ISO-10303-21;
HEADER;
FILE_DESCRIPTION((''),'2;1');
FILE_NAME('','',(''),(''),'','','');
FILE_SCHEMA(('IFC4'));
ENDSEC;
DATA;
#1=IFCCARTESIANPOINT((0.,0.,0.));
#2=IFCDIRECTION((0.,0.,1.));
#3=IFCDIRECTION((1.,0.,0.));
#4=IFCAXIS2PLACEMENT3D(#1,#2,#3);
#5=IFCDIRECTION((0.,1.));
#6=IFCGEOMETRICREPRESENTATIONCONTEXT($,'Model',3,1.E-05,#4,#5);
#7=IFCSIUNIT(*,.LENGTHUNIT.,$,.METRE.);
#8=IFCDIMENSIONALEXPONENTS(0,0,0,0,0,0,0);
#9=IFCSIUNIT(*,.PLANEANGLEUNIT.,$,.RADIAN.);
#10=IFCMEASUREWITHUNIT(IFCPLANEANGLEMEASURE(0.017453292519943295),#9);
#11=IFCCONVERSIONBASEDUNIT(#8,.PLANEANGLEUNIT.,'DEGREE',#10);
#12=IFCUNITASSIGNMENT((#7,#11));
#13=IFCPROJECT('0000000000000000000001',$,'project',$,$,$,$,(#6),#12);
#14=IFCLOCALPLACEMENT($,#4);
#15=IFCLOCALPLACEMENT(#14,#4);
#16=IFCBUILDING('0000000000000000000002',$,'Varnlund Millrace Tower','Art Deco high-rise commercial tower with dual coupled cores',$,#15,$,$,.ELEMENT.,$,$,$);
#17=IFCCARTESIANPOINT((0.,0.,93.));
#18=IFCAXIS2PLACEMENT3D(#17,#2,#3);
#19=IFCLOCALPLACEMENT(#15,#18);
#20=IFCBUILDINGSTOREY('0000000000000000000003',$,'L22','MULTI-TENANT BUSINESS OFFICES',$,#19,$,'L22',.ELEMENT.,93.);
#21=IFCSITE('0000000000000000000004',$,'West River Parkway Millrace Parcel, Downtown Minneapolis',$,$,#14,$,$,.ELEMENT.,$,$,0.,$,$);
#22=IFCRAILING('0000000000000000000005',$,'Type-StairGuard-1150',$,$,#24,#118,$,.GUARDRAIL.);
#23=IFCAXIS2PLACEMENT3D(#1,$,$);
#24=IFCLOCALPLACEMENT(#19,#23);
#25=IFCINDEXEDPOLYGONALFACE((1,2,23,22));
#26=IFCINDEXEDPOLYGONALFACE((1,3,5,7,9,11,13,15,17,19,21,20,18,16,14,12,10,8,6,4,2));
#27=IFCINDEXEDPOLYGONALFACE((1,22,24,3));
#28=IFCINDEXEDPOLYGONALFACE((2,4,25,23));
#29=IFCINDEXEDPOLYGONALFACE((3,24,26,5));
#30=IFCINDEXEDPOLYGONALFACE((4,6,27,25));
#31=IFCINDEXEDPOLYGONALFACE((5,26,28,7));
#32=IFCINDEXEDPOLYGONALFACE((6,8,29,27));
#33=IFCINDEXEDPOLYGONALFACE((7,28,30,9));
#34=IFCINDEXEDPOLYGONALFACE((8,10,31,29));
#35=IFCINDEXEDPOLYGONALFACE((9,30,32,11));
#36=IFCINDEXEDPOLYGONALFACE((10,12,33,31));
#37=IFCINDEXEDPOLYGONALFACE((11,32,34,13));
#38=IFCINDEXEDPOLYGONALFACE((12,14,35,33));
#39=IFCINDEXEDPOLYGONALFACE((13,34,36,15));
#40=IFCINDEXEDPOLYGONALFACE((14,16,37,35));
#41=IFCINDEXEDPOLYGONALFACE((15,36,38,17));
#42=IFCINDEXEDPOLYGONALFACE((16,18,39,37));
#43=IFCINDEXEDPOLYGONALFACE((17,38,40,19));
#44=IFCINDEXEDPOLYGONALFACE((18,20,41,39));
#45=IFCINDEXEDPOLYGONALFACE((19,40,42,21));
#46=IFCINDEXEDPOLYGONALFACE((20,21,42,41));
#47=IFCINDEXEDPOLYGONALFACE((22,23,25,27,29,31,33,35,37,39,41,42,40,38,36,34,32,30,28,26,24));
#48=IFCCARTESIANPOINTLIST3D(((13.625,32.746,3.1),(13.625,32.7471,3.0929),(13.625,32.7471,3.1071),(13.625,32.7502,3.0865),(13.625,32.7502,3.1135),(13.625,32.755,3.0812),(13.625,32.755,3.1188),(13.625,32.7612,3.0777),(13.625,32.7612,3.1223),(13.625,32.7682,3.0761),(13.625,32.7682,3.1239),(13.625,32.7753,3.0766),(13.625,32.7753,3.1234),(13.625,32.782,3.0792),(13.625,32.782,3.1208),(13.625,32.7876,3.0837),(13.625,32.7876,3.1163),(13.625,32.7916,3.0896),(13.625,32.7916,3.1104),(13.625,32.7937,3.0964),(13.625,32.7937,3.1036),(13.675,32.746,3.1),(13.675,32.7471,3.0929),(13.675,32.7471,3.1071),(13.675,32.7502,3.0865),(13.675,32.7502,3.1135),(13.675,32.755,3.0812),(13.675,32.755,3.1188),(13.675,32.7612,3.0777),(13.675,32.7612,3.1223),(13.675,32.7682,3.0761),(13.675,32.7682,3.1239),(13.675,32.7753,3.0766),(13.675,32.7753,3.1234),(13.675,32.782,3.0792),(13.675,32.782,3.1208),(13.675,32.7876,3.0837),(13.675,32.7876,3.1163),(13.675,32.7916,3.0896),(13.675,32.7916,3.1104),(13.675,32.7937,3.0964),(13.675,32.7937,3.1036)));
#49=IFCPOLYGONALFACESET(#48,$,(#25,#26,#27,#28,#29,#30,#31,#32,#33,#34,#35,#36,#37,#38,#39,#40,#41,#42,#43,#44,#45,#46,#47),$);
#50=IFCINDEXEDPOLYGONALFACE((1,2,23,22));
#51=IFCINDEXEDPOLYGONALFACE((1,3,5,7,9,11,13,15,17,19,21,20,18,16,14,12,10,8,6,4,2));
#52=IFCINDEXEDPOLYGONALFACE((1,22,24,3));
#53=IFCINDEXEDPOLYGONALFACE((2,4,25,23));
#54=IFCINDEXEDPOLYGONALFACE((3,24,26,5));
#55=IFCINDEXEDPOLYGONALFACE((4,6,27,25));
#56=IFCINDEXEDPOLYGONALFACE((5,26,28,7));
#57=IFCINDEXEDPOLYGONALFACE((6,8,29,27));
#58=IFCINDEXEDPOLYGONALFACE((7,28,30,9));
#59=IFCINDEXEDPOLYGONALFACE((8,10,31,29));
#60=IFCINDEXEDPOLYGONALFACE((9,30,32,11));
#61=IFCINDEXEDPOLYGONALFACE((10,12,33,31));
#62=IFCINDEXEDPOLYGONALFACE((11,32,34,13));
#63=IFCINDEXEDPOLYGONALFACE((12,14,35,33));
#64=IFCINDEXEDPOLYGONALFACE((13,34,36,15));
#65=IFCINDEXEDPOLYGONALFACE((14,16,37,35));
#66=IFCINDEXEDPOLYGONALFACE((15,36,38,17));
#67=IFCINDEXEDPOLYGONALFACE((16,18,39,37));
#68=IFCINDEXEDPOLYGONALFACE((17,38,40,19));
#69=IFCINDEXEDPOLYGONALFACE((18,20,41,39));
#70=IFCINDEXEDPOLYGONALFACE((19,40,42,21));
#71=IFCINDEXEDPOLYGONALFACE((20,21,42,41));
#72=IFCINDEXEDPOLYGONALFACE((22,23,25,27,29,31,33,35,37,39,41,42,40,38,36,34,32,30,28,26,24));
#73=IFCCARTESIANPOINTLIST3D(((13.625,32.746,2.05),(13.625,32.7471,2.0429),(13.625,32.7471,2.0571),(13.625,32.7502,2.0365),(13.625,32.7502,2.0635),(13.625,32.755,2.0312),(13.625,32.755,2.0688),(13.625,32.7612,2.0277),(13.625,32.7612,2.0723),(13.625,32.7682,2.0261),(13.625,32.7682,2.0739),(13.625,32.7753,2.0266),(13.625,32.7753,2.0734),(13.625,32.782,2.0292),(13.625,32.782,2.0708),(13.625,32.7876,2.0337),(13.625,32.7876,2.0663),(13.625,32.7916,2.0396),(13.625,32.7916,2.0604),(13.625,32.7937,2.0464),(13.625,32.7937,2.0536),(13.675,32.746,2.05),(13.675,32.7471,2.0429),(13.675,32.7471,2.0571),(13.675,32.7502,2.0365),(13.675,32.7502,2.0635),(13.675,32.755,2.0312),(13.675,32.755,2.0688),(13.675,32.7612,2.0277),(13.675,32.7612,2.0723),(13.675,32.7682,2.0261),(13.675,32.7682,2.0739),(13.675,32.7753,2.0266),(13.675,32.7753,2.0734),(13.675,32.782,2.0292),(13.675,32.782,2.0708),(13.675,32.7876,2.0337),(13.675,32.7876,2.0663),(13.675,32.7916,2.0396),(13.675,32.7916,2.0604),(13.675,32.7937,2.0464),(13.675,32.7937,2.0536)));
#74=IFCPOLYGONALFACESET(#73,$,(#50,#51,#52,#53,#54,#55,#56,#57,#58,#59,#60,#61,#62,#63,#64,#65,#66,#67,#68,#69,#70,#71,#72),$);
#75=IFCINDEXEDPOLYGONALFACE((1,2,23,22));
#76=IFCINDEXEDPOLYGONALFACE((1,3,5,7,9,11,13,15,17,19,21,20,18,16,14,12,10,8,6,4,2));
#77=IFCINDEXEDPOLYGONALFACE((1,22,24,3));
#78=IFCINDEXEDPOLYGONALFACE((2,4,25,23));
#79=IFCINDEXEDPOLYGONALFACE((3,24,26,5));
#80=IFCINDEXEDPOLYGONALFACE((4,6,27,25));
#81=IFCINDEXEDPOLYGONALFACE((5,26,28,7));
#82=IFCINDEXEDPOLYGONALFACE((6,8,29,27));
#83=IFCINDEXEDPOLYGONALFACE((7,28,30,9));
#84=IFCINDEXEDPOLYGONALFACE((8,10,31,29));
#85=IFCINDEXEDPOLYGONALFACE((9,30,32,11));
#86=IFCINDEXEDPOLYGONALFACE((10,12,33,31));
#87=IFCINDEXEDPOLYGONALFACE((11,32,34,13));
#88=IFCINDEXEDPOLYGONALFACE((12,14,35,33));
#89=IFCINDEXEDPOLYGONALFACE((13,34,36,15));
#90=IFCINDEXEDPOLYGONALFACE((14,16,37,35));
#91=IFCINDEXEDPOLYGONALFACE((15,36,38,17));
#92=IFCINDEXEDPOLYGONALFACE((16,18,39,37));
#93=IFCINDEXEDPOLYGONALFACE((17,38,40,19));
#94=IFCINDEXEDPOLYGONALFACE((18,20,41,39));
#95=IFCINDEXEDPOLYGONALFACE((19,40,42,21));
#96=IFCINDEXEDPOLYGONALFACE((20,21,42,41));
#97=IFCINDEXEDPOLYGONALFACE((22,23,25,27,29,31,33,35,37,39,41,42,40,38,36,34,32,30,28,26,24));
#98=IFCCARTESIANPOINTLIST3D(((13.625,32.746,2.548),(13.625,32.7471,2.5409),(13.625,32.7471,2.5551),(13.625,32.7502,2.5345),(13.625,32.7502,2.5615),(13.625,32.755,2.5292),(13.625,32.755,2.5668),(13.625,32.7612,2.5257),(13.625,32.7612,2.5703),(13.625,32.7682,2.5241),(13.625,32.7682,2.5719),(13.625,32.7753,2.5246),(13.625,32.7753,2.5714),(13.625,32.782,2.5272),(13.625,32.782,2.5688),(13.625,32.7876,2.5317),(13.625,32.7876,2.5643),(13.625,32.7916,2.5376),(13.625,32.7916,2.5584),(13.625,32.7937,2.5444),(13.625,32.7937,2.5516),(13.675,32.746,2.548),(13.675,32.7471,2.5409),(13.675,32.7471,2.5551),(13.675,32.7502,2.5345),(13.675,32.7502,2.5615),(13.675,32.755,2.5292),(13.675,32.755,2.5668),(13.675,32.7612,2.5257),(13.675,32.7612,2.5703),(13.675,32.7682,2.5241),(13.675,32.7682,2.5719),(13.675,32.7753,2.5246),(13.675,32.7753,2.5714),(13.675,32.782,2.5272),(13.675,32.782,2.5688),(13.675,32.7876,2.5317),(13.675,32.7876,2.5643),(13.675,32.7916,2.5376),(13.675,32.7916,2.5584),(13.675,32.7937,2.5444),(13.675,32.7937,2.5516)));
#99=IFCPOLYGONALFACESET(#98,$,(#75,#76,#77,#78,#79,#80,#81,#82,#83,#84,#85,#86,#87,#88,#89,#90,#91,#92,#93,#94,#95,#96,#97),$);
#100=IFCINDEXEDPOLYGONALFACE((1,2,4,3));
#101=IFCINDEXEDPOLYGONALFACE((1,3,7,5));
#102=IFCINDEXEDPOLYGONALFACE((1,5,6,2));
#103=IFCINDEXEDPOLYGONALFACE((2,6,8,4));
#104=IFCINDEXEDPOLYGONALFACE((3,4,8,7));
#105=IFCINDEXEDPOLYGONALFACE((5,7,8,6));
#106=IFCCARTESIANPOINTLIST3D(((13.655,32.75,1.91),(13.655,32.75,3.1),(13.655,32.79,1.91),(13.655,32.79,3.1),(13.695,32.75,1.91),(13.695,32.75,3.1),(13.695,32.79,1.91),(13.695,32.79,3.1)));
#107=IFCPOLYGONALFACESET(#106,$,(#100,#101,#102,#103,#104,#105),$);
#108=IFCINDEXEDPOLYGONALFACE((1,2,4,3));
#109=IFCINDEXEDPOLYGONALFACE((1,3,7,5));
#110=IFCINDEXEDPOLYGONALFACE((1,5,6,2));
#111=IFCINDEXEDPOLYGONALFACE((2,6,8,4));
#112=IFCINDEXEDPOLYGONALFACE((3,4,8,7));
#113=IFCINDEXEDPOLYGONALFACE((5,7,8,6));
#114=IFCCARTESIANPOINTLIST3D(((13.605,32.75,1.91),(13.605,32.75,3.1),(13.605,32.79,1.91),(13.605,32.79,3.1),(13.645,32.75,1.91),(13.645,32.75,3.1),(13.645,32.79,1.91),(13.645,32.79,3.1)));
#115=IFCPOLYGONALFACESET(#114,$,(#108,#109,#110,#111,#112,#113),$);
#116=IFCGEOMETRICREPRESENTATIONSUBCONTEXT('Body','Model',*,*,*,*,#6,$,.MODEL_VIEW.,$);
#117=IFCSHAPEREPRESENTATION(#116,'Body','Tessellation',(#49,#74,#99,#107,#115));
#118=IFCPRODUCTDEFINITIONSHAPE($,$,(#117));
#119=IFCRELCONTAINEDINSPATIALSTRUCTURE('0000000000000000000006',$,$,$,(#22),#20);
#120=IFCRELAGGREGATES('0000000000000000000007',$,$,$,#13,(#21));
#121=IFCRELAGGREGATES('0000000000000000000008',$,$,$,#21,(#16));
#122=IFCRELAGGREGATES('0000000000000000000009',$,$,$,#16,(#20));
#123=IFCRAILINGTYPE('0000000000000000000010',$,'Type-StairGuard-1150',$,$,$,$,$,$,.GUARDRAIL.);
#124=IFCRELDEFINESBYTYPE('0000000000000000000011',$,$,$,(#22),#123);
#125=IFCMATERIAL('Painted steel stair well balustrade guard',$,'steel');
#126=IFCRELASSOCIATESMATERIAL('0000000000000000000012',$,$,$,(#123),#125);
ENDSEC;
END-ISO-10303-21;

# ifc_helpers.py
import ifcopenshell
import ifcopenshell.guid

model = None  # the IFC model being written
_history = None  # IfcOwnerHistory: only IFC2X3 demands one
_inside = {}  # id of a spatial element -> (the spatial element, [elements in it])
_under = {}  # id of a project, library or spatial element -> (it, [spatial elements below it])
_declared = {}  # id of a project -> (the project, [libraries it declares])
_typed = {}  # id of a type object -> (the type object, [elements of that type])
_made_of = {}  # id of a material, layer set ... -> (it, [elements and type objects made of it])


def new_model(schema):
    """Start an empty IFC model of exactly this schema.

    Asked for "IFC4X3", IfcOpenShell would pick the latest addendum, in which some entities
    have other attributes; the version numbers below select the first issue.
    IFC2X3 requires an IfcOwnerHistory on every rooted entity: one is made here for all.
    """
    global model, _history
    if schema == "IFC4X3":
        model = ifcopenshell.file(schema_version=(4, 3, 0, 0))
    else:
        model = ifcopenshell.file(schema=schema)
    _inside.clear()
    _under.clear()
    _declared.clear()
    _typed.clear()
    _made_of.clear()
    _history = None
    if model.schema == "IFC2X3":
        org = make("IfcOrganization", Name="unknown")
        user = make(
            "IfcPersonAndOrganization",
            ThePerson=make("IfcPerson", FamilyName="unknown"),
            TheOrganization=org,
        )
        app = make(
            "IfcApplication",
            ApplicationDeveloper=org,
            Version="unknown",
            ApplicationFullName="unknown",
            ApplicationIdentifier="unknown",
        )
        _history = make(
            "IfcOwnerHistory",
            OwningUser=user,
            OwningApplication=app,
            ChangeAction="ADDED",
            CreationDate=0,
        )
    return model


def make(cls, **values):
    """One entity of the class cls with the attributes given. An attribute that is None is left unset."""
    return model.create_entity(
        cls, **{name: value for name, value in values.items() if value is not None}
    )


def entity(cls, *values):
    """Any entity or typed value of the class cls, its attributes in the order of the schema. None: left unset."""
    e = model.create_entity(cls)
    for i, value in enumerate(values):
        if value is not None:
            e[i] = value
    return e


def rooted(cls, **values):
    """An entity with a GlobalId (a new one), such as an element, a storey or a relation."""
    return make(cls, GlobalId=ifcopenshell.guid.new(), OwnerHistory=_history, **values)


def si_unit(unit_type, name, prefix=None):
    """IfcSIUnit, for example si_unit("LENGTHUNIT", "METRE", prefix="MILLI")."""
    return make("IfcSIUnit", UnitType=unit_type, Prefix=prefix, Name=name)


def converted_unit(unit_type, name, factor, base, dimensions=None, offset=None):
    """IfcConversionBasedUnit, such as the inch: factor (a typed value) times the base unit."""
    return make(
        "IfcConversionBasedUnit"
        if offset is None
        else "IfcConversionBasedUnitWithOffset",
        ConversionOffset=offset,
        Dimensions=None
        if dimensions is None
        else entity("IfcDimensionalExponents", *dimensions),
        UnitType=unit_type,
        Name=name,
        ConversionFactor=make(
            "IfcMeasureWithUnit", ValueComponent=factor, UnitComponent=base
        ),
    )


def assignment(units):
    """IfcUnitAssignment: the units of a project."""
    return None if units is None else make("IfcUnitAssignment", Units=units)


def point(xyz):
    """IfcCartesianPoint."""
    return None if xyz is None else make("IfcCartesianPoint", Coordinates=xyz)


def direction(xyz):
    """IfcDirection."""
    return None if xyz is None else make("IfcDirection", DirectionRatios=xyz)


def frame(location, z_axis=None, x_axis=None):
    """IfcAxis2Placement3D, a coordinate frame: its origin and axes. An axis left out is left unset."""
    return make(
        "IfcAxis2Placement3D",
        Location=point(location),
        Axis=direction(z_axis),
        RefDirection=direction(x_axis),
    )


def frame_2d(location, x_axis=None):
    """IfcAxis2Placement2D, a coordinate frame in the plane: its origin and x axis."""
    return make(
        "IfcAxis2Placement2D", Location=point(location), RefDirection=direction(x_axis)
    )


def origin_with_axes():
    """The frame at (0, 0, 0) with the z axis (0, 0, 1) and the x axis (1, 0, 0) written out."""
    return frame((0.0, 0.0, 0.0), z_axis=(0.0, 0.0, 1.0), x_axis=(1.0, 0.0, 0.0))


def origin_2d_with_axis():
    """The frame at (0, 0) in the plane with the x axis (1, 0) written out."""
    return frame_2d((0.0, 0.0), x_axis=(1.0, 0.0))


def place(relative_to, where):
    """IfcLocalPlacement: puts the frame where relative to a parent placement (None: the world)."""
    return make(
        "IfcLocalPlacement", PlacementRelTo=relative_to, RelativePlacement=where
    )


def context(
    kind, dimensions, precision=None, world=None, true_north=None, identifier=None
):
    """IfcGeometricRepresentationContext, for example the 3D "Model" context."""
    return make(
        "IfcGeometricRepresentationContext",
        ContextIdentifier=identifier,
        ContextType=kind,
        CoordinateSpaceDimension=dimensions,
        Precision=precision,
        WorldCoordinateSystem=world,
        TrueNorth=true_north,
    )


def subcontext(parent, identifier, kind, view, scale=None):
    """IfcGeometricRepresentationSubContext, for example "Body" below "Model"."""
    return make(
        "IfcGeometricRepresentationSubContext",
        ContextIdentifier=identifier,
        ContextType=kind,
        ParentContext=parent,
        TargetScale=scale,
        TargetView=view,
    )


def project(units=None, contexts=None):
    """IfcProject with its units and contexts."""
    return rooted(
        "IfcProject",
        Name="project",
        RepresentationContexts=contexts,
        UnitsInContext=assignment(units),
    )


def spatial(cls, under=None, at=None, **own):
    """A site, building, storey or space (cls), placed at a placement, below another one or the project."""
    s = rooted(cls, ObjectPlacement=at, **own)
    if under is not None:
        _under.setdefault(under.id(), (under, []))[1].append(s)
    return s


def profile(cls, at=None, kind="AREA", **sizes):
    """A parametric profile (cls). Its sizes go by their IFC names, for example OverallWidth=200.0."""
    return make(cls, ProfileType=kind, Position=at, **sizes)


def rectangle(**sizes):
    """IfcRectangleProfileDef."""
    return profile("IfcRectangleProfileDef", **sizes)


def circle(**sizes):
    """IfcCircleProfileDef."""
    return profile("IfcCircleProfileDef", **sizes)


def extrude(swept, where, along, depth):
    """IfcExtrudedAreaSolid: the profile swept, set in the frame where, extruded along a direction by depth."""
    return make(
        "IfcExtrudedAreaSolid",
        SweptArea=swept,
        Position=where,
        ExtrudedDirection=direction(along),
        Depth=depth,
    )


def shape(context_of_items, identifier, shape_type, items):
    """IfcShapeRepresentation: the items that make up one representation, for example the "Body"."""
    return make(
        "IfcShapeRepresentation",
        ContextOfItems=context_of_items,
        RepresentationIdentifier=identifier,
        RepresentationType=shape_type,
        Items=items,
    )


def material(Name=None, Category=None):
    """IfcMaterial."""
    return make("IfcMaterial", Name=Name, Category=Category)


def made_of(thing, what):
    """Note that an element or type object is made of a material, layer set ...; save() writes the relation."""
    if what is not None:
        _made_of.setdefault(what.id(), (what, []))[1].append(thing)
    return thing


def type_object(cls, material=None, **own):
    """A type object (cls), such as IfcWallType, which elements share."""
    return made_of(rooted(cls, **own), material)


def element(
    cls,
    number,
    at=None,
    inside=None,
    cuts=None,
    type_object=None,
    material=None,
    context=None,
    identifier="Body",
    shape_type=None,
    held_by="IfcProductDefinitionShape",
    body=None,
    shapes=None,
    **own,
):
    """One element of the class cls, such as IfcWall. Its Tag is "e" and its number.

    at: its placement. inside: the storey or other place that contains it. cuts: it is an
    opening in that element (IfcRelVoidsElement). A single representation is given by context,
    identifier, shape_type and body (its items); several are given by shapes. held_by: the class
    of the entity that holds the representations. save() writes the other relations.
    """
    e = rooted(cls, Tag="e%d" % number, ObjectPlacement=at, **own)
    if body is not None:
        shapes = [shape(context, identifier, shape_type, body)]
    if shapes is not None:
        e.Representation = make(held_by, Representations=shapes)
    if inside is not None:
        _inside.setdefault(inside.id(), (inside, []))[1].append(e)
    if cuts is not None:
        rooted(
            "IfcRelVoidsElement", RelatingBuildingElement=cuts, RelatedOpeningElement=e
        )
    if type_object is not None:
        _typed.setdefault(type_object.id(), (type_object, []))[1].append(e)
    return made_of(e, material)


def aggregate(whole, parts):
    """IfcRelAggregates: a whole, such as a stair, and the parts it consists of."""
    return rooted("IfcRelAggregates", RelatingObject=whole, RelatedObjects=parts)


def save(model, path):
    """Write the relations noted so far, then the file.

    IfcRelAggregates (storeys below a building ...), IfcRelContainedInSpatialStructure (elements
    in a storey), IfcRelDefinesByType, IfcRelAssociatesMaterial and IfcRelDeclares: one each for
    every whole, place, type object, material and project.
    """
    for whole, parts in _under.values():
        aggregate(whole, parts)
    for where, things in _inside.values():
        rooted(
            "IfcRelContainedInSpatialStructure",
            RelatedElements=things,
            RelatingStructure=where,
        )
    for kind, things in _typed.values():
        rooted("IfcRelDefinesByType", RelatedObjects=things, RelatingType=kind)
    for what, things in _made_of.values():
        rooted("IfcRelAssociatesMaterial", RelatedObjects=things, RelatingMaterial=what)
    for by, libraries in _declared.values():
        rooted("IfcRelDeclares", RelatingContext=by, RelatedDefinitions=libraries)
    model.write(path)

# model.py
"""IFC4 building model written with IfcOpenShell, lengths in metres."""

from ifc_helpers import new_model, entity, si_unit, converted_unit, direction, frame, origin_with_axes, origin_2d_with_axis, place, context, subcontext, project, spatial, rectangle, circle, extrude, material, type_object, element, save


model = new_model("IFC4")

# Units and contexts
model_context = context("Model", 3, precision=1e-05, world=origin_with_axes(), true_north=direction((0.0, 1.0)))
body_context = subcontext(model_context, "Body", "Model", "MODEL_VIEW")
ifc_project = project(units=[si_unit("LENGTHUNIT", "METRE"), converted_unit("PLANEANGLEUNIT", "DEGREE", entity("IfcPlaneAngleMeasure", 0.017453292519943295), si_unit("PLANEANGLEUNIT", "RADIAN"), dimensions=[0, 0, 0, 0, 0, 0, 0])], contexts=[model_context])

# Site, building, storey
site_placement = place(None, origin_with_axes())
site = spatial("IfcSite", under=ifc_project, at=site_placement, Name="West River Parkway Millrace Parcel, Downtown Minneapolis", CompositionType="ELEMENT", RefElevation=0.0)
building_placement = place(site_placement, origin_with_axes())
building = spatial("IfcBuilding", under=site, at=building_placement, Name="Varnlund Millrace Tower", Description="Art Deco high-rise commercial tower with dual coupled cores", CompositionType="ELEMENT")
storey_placement = place(building_placement, frame((0.0, 0.0, 93.0), z_axis=(0.0, 0.0, 1.0), x_axis=(1.0, 0.0, 0.0)))
storey = spatial("IfcBuildingStorey", under=building, at=storey_placement, Name="L22", Description="MULTI-TENANT BUSINESS OFFICES", LongName="L22", CompositionType="ELEMENT", Elevation=93.0)

# Railing
ifc_material_1 = material(Name="Painted steel stair well balustrade guard", Category="steel")
railing_type_1 = type_object("IfcRailingType", Name="Type-StairGuard-1150", PredefinedType="GUARDRAIL", material=ifc_material_1)
railing_1_placement = place(storey_placement, frame((0.0, 0.0, -93.0), z_axis=(0.0, 0.0, 1.0), x_axis=(1.0, 0.0, 0.0)))
element("IfcRailing", 1, at=railing_1_placement, inside=storey, type_object=railing_type_1, Name="Type-StairGuard-1150", PredefinedType="GUARDRAIL", context=body_context, shape_type="SweptSolid", body=[
    extrude(circle(Radius=0.024, at=origin_2d_with_axis()), frame((13.675, 32.77, 96.1), z_axis=(-1.0, 0.0, 0.0), x_axis=(0.0, -1.0, 0.0)), (0.0, 0.0, 1.0), 0.05),
    extrude(circle(Radius=0.024, at=origin_2d_with_axis()), frame((13.675, 32.77, 95.05), z_axis=(-1.0, 0.0, 0.0), x_axis=(0.0, -1.0, 0.0)), (0.0, 0.0, 1.0), 0.05),
    extrude(circle(Radius=0.024, at=origin_2d_with_axis()), frame((13.675, 32.77, 95.548), z_axis=(-1.0, 0.0, 0.0), x_axis=(0.0, -1.0, 0.0)), (0.0, 0.0, 1.0), 0.05),
    extrude(rectangle(XDim=0.04, YDim=0.04, at=origin_2d_with_axis()), frame((13.675, 32.77, 94.91), z_axis=(0.0, 0.0, 1.0), x_axis=(1.0, 0.0, 0.0)), (0.0, 0.0, 1.0), 1.19),
    extrude(rectangle(XDim=0.04, YDim=0.04, at=origin_2d_with_axis()), frame((13.625, 32.77, 94.91), z_axis=(0.0, 0.0, 1.0), x_axis=(1.0, 0.0, 0.0)), (0.0, 0.0, 1.0), 1.19),
])

save(model, "model.ifc")
